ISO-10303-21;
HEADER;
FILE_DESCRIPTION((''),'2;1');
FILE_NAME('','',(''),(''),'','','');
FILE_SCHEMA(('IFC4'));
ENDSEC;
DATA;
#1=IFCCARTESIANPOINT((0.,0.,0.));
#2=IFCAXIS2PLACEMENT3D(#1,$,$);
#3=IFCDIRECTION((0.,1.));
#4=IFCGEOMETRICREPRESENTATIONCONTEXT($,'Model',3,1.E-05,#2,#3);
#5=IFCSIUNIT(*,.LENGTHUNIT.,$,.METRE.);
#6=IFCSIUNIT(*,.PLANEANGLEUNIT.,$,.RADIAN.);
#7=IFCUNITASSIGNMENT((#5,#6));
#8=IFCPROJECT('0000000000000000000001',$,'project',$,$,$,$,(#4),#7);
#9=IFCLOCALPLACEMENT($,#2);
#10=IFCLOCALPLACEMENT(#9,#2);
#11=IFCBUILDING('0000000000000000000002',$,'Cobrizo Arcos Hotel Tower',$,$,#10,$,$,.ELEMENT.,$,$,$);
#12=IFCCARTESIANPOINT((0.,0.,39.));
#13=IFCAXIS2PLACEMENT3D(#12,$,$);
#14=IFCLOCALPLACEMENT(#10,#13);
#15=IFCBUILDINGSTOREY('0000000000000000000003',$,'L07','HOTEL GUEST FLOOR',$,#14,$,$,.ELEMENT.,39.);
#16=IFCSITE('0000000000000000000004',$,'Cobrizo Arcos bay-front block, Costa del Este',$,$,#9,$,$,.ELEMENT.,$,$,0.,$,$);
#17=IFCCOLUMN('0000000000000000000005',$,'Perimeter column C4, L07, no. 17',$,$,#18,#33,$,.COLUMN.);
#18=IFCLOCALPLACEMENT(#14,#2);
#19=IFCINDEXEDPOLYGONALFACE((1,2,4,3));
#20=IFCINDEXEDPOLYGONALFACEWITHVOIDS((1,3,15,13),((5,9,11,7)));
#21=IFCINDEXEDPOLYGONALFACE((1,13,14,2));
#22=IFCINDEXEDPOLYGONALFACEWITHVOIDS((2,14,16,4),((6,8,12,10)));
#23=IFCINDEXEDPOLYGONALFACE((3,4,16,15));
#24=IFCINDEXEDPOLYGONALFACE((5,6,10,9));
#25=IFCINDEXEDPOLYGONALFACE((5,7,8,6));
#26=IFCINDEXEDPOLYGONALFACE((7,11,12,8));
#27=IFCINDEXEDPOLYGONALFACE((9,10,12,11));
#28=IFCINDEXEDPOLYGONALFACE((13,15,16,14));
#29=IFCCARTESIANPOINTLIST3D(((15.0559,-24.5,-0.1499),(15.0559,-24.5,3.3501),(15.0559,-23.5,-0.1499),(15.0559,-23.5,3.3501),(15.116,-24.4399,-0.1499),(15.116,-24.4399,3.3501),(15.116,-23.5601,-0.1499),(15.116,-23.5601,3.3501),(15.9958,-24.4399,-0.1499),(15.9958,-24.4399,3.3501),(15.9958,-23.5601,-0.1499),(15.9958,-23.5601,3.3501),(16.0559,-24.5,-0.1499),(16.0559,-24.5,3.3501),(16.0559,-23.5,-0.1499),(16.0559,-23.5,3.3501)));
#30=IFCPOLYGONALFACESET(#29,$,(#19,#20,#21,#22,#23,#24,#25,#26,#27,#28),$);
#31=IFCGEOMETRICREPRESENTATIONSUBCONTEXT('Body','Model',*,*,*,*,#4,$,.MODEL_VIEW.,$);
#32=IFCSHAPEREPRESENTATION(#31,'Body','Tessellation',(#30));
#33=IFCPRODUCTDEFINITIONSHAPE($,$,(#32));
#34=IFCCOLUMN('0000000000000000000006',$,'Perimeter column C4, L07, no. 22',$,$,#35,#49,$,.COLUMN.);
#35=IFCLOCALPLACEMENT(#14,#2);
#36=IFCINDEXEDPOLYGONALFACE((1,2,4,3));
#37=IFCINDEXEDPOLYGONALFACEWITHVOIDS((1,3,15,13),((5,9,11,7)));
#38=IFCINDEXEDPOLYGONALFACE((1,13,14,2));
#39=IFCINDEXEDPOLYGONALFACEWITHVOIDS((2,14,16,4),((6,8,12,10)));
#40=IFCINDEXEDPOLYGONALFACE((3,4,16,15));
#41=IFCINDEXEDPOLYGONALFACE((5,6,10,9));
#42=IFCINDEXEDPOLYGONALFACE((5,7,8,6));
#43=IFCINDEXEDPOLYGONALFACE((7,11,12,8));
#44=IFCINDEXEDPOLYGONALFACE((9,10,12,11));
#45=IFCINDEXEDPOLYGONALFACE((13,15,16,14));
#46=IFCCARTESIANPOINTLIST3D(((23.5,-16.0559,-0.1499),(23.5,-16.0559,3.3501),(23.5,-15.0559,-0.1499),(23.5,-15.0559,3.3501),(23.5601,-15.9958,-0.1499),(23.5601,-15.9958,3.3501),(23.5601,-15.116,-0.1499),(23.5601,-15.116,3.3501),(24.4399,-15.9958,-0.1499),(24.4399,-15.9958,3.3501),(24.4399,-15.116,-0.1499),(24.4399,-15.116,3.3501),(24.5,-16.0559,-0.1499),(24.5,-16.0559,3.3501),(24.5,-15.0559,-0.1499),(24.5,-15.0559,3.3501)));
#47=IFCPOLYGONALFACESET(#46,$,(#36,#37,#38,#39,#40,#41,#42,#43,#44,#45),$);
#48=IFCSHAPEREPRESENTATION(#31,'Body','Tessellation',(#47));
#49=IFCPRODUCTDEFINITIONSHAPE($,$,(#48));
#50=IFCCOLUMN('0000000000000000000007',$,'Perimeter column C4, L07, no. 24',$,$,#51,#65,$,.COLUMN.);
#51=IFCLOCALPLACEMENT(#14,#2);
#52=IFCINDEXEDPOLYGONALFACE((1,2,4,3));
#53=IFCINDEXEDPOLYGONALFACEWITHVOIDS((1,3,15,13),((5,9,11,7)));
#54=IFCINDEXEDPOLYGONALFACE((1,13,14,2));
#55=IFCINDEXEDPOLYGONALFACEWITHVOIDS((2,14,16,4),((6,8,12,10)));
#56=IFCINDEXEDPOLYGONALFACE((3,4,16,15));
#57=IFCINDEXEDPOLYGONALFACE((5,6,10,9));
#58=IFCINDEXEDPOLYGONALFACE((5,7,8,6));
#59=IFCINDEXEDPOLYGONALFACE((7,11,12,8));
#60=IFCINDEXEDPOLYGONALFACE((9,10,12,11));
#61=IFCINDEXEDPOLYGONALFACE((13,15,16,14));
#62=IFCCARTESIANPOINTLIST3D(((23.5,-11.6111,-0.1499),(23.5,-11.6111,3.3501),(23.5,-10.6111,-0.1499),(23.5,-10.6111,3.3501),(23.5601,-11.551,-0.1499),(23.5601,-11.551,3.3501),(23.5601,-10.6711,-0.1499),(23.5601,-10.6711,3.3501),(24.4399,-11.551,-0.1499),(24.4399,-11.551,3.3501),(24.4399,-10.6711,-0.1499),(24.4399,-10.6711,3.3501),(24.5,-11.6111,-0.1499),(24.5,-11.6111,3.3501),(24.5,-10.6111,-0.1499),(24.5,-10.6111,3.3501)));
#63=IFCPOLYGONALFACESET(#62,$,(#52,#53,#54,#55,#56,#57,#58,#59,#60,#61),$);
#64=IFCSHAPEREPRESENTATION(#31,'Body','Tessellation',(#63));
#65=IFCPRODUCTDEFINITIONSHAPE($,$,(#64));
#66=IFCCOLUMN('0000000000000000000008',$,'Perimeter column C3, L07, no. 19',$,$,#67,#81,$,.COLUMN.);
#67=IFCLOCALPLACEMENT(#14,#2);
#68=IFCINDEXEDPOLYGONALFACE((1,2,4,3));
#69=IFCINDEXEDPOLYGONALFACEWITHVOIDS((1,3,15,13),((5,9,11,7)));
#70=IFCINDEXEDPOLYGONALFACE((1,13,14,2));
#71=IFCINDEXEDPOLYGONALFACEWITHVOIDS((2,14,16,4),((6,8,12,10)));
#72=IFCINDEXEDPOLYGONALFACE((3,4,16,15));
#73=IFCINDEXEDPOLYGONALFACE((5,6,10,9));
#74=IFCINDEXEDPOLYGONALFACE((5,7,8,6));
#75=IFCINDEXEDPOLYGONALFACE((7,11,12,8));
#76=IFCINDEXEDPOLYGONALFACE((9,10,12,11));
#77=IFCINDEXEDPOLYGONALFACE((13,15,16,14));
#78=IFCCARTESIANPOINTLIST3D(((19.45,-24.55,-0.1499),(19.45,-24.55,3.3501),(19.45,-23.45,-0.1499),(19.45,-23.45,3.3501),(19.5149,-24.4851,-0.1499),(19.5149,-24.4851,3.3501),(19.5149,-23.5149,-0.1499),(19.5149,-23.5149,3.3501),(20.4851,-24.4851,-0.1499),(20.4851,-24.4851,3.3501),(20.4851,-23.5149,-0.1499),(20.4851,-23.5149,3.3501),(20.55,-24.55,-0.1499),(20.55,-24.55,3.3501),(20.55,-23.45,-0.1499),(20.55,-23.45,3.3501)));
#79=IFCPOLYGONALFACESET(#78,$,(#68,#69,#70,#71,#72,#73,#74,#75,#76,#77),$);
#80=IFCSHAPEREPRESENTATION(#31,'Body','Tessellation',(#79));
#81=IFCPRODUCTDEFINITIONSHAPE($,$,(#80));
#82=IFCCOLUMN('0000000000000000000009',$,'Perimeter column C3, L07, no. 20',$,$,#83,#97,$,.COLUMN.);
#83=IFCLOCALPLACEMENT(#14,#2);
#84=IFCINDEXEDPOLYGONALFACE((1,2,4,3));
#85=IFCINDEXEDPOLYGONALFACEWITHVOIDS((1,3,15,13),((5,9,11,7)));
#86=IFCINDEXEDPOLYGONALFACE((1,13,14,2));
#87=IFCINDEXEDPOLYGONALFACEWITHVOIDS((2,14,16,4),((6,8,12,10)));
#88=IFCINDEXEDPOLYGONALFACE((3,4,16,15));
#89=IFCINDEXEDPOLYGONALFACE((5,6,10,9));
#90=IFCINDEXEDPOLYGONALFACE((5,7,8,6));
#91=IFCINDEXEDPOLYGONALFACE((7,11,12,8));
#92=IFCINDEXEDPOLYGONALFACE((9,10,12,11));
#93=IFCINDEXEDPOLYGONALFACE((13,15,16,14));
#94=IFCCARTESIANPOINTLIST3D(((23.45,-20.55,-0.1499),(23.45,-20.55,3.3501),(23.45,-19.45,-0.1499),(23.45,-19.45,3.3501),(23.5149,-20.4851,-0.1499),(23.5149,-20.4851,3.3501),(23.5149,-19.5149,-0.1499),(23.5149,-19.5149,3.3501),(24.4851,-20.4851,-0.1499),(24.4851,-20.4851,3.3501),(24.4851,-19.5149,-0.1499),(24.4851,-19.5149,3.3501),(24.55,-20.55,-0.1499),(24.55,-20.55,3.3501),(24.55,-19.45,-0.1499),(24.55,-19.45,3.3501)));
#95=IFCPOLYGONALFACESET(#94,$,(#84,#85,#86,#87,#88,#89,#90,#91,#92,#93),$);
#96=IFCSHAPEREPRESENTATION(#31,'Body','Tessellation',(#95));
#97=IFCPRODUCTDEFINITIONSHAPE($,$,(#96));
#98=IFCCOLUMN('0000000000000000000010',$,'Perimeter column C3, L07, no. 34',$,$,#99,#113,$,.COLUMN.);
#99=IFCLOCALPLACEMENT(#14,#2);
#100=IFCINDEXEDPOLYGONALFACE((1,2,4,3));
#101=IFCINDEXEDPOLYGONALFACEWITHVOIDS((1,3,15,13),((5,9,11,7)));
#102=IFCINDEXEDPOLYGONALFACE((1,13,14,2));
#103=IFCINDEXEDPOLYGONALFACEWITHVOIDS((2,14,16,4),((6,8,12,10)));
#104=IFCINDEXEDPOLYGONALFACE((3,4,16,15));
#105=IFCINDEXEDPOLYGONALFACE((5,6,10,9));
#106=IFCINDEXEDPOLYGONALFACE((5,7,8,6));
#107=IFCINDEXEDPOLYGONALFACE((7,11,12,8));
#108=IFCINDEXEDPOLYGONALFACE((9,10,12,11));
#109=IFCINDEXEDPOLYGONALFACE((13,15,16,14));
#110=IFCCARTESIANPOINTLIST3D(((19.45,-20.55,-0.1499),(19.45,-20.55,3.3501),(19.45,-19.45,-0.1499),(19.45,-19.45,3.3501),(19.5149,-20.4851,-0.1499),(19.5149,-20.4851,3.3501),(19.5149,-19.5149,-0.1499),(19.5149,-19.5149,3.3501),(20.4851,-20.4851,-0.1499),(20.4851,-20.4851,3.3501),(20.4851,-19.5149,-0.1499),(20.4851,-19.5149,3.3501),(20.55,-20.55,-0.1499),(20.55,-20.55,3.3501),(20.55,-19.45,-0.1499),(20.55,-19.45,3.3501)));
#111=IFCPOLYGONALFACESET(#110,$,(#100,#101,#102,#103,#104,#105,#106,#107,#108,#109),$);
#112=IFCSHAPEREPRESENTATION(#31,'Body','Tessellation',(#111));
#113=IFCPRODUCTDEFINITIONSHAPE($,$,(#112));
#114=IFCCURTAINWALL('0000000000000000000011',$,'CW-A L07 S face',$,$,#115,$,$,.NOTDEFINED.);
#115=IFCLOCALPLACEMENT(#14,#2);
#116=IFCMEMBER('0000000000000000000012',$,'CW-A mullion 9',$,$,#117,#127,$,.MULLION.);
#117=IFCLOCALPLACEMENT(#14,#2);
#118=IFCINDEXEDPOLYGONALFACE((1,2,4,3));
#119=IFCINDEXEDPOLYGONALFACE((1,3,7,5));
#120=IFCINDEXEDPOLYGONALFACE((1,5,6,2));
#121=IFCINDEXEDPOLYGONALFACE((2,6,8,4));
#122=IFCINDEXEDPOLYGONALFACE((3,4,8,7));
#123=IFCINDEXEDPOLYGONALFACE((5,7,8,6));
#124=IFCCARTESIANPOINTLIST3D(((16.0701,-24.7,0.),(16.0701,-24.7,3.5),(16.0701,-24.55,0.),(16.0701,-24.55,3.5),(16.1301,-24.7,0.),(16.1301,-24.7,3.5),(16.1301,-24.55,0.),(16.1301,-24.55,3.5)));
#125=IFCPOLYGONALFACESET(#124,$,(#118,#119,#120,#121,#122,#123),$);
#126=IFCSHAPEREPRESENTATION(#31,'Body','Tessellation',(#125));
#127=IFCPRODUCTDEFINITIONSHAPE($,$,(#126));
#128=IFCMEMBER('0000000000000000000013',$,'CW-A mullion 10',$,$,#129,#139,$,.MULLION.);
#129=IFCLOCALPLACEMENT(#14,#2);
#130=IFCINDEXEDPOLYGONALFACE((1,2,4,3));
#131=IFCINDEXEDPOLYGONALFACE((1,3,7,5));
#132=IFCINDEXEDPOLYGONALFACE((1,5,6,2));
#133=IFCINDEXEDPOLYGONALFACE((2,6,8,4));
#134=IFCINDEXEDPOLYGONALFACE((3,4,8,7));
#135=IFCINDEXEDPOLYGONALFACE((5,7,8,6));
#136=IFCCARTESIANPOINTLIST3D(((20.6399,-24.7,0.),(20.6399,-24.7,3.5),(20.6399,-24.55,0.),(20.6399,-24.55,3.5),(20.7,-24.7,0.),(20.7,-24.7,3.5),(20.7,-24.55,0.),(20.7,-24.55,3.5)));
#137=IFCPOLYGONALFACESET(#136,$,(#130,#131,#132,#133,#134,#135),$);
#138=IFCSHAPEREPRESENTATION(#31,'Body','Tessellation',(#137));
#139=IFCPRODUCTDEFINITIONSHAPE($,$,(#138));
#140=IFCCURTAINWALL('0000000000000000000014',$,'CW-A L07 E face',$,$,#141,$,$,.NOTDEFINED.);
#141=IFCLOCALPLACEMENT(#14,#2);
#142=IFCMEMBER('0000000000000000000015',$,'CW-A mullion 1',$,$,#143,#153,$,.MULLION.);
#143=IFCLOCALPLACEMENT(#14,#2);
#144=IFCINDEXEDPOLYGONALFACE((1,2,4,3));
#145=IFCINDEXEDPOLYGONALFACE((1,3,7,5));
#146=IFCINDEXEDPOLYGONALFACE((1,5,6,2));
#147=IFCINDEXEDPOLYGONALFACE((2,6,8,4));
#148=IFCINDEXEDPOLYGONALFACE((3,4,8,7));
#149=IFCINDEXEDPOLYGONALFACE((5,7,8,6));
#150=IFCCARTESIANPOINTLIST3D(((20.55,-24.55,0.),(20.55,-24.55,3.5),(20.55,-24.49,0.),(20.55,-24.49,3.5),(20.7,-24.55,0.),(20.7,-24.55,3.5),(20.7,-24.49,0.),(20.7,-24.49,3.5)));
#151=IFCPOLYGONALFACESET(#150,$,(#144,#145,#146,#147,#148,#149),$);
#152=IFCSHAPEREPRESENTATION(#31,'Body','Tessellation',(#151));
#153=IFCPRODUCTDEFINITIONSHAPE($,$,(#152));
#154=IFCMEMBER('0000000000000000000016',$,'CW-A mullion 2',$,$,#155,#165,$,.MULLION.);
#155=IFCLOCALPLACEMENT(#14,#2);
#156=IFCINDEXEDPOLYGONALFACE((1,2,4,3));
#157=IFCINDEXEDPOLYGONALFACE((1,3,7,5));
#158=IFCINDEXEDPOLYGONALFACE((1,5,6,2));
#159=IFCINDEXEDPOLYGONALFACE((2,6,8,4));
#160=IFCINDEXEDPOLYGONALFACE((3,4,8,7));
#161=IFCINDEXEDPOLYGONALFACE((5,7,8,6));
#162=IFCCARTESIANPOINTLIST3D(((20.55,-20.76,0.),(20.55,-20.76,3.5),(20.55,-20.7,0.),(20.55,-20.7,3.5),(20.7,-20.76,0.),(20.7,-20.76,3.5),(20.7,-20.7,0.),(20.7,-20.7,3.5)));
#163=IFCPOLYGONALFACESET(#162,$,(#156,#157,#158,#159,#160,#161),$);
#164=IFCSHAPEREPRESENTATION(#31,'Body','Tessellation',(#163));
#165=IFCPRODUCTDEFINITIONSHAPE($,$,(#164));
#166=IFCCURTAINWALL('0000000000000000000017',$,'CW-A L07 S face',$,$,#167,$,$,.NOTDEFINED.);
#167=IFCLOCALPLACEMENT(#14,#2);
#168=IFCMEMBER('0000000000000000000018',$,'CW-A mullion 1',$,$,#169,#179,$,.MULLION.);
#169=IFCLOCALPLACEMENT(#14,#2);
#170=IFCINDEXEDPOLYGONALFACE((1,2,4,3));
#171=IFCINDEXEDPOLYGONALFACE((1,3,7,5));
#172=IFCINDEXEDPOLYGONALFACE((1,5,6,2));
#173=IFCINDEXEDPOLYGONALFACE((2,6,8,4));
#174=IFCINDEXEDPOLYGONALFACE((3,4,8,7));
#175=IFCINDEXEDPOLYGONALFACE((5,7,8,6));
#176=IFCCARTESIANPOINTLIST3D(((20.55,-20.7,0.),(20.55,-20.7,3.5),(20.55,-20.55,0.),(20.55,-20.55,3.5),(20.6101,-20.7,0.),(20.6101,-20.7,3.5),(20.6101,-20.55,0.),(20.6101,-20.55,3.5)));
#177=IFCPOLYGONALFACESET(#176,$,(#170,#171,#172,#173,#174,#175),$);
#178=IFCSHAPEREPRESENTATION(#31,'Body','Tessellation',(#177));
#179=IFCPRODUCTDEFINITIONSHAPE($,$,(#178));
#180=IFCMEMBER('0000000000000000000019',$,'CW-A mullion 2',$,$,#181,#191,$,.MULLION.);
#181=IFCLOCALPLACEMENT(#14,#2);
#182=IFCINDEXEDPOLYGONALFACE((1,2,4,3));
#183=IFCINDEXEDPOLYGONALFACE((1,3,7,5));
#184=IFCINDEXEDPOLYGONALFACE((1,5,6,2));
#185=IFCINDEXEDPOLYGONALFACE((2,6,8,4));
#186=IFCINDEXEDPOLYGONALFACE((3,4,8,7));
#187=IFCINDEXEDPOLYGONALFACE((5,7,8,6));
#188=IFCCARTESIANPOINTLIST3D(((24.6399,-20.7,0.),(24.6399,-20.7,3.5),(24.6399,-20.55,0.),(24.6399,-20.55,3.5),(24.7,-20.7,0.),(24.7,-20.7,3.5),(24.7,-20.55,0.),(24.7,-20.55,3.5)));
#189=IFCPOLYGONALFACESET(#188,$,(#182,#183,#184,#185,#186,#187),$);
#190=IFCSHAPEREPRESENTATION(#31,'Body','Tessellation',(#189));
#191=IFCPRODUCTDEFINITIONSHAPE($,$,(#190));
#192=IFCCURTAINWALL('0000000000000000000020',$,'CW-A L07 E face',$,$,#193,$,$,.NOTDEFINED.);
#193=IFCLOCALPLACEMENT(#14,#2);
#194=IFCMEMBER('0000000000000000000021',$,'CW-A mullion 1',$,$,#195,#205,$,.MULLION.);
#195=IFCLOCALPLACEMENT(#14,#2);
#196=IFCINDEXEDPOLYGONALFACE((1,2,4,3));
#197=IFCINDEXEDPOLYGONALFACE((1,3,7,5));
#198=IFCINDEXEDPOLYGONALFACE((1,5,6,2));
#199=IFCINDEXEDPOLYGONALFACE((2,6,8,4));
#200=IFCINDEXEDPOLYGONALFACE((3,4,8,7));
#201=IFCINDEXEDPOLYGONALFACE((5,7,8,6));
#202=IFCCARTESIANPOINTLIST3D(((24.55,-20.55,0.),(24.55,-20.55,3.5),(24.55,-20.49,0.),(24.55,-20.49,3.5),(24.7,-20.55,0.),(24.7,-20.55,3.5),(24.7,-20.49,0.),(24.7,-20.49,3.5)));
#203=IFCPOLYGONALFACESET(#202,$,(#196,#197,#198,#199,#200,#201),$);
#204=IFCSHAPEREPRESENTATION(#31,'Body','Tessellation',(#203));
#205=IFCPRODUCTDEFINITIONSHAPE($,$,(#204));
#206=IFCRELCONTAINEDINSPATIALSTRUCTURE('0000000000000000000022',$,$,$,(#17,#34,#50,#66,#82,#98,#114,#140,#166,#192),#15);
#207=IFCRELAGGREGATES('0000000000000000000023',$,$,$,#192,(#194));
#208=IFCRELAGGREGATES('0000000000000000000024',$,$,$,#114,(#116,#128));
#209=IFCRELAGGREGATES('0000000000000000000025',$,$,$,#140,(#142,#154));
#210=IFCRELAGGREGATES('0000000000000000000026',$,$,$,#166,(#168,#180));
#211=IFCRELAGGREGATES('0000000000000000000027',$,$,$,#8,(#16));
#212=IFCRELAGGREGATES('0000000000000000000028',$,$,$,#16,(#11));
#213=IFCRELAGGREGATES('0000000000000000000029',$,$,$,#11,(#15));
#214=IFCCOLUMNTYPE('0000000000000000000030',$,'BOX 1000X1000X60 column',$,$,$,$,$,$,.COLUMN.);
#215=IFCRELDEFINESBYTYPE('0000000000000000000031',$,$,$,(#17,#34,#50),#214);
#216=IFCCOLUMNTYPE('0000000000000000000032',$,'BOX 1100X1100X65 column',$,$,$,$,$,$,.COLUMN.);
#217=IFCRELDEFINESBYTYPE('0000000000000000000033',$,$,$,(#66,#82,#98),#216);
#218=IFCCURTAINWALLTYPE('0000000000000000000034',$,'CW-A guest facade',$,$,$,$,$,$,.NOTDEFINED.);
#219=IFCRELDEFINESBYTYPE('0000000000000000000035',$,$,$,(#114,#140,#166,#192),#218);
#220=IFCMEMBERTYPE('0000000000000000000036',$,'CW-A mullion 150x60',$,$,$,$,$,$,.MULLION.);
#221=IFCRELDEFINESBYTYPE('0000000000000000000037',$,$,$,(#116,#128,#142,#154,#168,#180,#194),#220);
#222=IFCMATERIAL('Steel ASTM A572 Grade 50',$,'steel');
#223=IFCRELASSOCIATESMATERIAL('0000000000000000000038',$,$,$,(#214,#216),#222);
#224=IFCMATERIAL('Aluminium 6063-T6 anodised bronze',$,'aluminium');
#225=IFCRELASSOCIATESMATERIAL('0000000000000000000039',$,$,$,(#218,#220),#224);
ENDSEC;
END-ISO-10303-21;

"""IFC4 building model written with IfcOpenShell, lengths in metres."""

from ifc_helpers import new_model, si_unit, direction, frame, origin, origin_2d, place, context, subcontext, project, spatial, rectangle, hollow_rectangle, extrude, material, material_profile, profile_set, type_object, element, aggregate, save


model = new_model("IFC4")

# Units and contexts
model_context = context("Model", 3, precision=1e-05, world=origin(), true_north=direction((0.0, 1.0)))
body_context = subcontext(model_context, "Body", "Model", "MODEL_VIEW")
ifc_project = project(units=[si_unit("LENGTHUNIT", "METRE"), si_unit("PLANEANGLEUNIT", "RADIAN")], contexts=[model_context])

# Site, building, storey
site_placement = place(None, origin())
site = spatial("IfcSite", under=ifc_project, at=site_placement, Name="Cobrizo Arcos bay-front block, Costa del Este", CompositionType="ELEMENT", RefElevation=0.0)
building_placement = place(site_placement, origin())
building = spatial("IfcBuilding", under=site, at=building_placement, Name="Cobrizo Arcos Hotel Tower", CompositionType="ELEMENT")
storey_placement = place(building_placement, frame((0.0, 0.0, 39.0)))
storey = spatial("IfcBuildingStorey", under=building, at=storey_placement, Name="L07", Description="HOTEL GUEST FLOOR", CompositionType="ELEMENT", Elevation=39.0)

# Columns
ifc_material_1 = material(Name="Steel ASTM A572 Grade 50", Category="steel")
ifc_material_profile_1 = material_profile(ifc_material_1, hollow_rectangle(XDim=1.0, YDim=1.0, WallThickness=0.0601, at=origin_2d()), Name="BOX 1000X1000X60")
ifc_profile_set_1 = profile_set([ifc_material_profile_1], Name="Steel ASTM A572 Grade 50")
column_type_1 = type_object("IfcColumnType", Name="BOX 1000X1000X60 column", PredefinedType="COLUMN", material=ifc_profile_set_1)
for number, where, z_axis, x_axis, name in (
    (1, (15.5559, -24.0, -0.1499), (0.0, 0.0, 1.0), (1.0, 0.0, 0.0), "Perimeter column C4, L07, no. 17"),
    (2, (24.0, -15.5559, -0.1499), (0.0, 0.0, 1.0), (1.0, 0.0, 0.0), "Perimeter column C4, L07, no. 22"),
    (3, (24.0, -11.1111, -0.1499), (0.0, 0.0, 1.0), (1.0, 0.0, 0.0), "Perimeter column C4, L07, no. 24"),
):
    element("IfcColumn", number, at=place(storey_placement, frame(where, z_axis=z_axis, x_axis=x_axis)), inside=storey, type_object=column_type_1, Name=name, PredefinedType="COLUMN", context=body_context, shape_type="SweptSolid", body=[
        extrude(hollow_rectangle(XDim=1.0, YDim=1.0, WallThickness=0.0601, at=origin_2d()), origin(), (0.0, 0.0, 1.0), 3.5),
    ])
ifc_material_profile_2 = material_profile(ifc_material_1, hollow_rectangle(XDim=1.1001, YDim=1.1001, WallThickness=0.0649, at=origin_2d()), Name="BOX 1100X1100X65")
ifc_profile_set_2 = profile_set([ifc_material_profile_2], Name="Steel ASTM A572 Grade 50")
column_type_2 = type_object("IfcColumnType", Name="BOX 1100X1100X65 column", PredefinedType="COLUMN", material=ifc_profile_set_2)
for number, where, z_axis, x_axis, name in (
    (4, (20.0, -24.0, -0.1499), (0.0, 0.0, 1.0), (1.0, 0.0, 0.0), "Perimeter column C3, L07, no. 19"),
    (5, (24.0, -20.0, -0.1499), (0.0, 0.0, 1.0), (1.0, 0.0, 0.0), "Perimeter column C3, L07, no. 20"),
    (6, (20.0, -20.0, -0.1499), (0.0, 0.0, 1.0), (1.0, 0.0, 0.0), "Perimeter column C3, L07, no. 34"),
):
    element("IfcColumn", number, at=place(storey_placement, frame(where, z_axis=z_axis, x_axis=x_axis)), inside=storey, type_object=column_type_2, Name=name, PredefinedType="COLUMN", context=body_context, shape_type="SweptSolid", body=[
        extrude(hollow_rectangle(XDim=1.1001, YDim=1.1001, WallThickness=0.0649, at=origin_2d()), origin(), (0.0, 0.0, 1.0), 3.5),
    ])

# Curtain walls, members
ifc_material_2 = material(Name="Aluminium 6063-T6 anodised bronze", Category="aluminium")
curtain_wall_type = type_object("IfcCurtainWallType", Name="CW-A guest facade", PredefinedType="NOTDEFINED", material=ifc_material_2)
curtain_wall_1_placement = place(storey_placement, origin())
curtain_wall_1 = element("IfcCurtainWall", 7, at=curtain_wall_1_placement, inside=storey, type_object=curtain_wall_type, Name="CW-A L07 S face", PredefinedType="NOTDEFINED")
ifc_material_profile_3 = material_profile(ifc_material_2, rectangle(XDim=0.1499, YDim=0.0601, at=origin_2d()), Name="CW-A mullion 150x60")
ifc_profile_set_3 = profile_set([ifc_material_profile_3], Name="Aluminium 6063-T6 anodised bronze")
member_type = type_object("IfcMemberType", Name="CW-A mullion 150x60", PredefinedType="MULLION", material=ifc_profile_set_3)
member_1_placement = place(storey_placement, frame((16.1001, -24.625, 0.0), z_axis=(0.0, 0.0, 1.0), x_axis=(0.0, -1.0, 0.0)))
member_1 = element("IfcMember", 8, at=member_1_placement, type_object=member_type, Name="CW-A mullion 9", PredefinedType="MULLION", context=body_context, shape_type="SweptSolid", body=[
    extrude(rectangle(XDim=0.1499, YDim=0.0601, at=origin_2d()), origin(), (0.0, 0.0, 1.0), 3.5),
])
member_2_placement = place(storey_placement, frame((20.6699, -24.625, 0.0), z_axis=(0.0, 0.0, 1.0), x_axis=(0.0, -1.0, 0.0)))
member_2 = element("IfcMember", 9, at=member_2_placement, type_object=member_type, Name="CW-A mullion 10", PredefinedType="MULLION", context=body_context, shape_type="SweptSolid", body=[
    extrude(rectangle(XDim=0.1499, YDim=0.0601, at=origin_2d()), origin(), (0.0, 0.0, 1.0), 3.5),
])
curtain_wall_2_placement = place(storey_placement, origin())
curtain_wall_2 = element("IfcCurtainWall", 10, at=curtain_wall_2_placement, inside=storey, type_object=curtain_wall_type, Name="CW-A L07 E face", PredefinedType="NOTDEFINED")
member_3_placement = place(storey_placement, frame((20.625, -24.52, 0.0), z_axis=(0.0, 0.0, 1.0), x_axis=(1.0, 0.0, 0.0)))
member_3 = element("IfcMember", 11, at=member_3_placement, type_object=member_type, Name="CW-A mullion 1", PredefinedType="MULLION", context=body_context, shape_type="SweptSolid", body=[
    extrude(rectangle(XDim=0.1499, YDim=0.0601, at=origin_2d()), origin(), (0.0, 0.0, 1.0), 3.5),
])
member_4_placement = place(storey_placement, frame((20.625, -20.73, 0.0), z_axis=(0.0, 0.0, 1.0), x_axis=(1.0, 0.0, 0.0)))
member_4 = element("IfcMember", 12, at=member_4_placement, type_object=member_type, Name="CW-A mullion 2", PredefinedType="MULLION", context=body_context, shape_type="SweptSolid", body=[
    extrude(rectangle(XDim=0.1499, YDim=0.0601, at=origin_2d()), origin(), (0.0, 0.0, 1.0), 3.5),
])
curtain_wall_3_placement = place(storey_placement, origin())
curtain_wall_3 = element("IfcCurtainWall", 13, at=curtain_wall_3_placement, inside=storey, type_object=curtain_wall_type, Name="CW-A L07 S face", PredefinedType="NOTDEFINED")
member_5_placement = place(storey_placement, frame((20.5801, -20.625, 0.0), z_axis=(0.0, 0.0, 1.0), x_axis=(0.0, -1.0, 0.0)))
member_5 = element("IfcMember", 14, at=member_5_placement, type_object=member_type, Name="CW-A mullion 1", PredefinedType="MULLION", context=body_context, shape_type="SweptSolid", body=[
    extrude(rectangle(XDim=0.1499, YDim=0.0601, at=origin_2d()), origin(), (0.0, 0.0, 1.0), 3.5),
])
member_6_placement = place(storey_placement, frame((24.6699, -20.625, 0.0), z_axis=(0.0, 0.0, 1.0), x_axis=(0.0, -1.0, 0.0)))
member_6 = element("IfcMember", 15, at=member_6_placement, type_object=member_type, Name="CW-A mullion 2", PredefinedType="MULLION", context=body_context, shape_type="SweptSolid", body=[
    extrude(rectangle(XDim=0.1499, YDim=0.0601, at=origin_2d()), origin(), (0.0, 0.0, 1.0), 3.5),
])

# Curtain wall, member
curtain_wall_4_placement = place(storey_placement, origin())
curtain_wall_4 = element("IfcCurtainWall", 16, at=curtain_wall_4_placement, inside=storey, type_object=curtain_wall_type, Name="CW-A L07 E face", PredefinedType="NOTDEFINED")
member_7_placement = place(storey_placement, frame((24.625, -20.52, 0.0), z_axis=(0.0, 0.0, 1.0), x_axis=(1.0, 0.0, 0.0)))
member_7 = element("IfcMember", 17, at=member_7_placement, type_object=member_type, Name="CW-A mullion 1", PredefinedType="MULLION", context=body_context, shape_type="SweptSolid", body=[
    extrude(rectangle(XDim=0.1499, YDim=0.0601, at=origin_2d()), origin(), (0.0, 0.0, 1.0), 3.5),
])
aggregate(curtain_wall_4, [member_7])

aggregate(curtain_wall_1, [member_1, member_2])
aggregate(curtain_wall_2, [member_3, member_4])
aggregate(curtain_wall_3, [member_5, member_6])

save(model, "model.ifc")
